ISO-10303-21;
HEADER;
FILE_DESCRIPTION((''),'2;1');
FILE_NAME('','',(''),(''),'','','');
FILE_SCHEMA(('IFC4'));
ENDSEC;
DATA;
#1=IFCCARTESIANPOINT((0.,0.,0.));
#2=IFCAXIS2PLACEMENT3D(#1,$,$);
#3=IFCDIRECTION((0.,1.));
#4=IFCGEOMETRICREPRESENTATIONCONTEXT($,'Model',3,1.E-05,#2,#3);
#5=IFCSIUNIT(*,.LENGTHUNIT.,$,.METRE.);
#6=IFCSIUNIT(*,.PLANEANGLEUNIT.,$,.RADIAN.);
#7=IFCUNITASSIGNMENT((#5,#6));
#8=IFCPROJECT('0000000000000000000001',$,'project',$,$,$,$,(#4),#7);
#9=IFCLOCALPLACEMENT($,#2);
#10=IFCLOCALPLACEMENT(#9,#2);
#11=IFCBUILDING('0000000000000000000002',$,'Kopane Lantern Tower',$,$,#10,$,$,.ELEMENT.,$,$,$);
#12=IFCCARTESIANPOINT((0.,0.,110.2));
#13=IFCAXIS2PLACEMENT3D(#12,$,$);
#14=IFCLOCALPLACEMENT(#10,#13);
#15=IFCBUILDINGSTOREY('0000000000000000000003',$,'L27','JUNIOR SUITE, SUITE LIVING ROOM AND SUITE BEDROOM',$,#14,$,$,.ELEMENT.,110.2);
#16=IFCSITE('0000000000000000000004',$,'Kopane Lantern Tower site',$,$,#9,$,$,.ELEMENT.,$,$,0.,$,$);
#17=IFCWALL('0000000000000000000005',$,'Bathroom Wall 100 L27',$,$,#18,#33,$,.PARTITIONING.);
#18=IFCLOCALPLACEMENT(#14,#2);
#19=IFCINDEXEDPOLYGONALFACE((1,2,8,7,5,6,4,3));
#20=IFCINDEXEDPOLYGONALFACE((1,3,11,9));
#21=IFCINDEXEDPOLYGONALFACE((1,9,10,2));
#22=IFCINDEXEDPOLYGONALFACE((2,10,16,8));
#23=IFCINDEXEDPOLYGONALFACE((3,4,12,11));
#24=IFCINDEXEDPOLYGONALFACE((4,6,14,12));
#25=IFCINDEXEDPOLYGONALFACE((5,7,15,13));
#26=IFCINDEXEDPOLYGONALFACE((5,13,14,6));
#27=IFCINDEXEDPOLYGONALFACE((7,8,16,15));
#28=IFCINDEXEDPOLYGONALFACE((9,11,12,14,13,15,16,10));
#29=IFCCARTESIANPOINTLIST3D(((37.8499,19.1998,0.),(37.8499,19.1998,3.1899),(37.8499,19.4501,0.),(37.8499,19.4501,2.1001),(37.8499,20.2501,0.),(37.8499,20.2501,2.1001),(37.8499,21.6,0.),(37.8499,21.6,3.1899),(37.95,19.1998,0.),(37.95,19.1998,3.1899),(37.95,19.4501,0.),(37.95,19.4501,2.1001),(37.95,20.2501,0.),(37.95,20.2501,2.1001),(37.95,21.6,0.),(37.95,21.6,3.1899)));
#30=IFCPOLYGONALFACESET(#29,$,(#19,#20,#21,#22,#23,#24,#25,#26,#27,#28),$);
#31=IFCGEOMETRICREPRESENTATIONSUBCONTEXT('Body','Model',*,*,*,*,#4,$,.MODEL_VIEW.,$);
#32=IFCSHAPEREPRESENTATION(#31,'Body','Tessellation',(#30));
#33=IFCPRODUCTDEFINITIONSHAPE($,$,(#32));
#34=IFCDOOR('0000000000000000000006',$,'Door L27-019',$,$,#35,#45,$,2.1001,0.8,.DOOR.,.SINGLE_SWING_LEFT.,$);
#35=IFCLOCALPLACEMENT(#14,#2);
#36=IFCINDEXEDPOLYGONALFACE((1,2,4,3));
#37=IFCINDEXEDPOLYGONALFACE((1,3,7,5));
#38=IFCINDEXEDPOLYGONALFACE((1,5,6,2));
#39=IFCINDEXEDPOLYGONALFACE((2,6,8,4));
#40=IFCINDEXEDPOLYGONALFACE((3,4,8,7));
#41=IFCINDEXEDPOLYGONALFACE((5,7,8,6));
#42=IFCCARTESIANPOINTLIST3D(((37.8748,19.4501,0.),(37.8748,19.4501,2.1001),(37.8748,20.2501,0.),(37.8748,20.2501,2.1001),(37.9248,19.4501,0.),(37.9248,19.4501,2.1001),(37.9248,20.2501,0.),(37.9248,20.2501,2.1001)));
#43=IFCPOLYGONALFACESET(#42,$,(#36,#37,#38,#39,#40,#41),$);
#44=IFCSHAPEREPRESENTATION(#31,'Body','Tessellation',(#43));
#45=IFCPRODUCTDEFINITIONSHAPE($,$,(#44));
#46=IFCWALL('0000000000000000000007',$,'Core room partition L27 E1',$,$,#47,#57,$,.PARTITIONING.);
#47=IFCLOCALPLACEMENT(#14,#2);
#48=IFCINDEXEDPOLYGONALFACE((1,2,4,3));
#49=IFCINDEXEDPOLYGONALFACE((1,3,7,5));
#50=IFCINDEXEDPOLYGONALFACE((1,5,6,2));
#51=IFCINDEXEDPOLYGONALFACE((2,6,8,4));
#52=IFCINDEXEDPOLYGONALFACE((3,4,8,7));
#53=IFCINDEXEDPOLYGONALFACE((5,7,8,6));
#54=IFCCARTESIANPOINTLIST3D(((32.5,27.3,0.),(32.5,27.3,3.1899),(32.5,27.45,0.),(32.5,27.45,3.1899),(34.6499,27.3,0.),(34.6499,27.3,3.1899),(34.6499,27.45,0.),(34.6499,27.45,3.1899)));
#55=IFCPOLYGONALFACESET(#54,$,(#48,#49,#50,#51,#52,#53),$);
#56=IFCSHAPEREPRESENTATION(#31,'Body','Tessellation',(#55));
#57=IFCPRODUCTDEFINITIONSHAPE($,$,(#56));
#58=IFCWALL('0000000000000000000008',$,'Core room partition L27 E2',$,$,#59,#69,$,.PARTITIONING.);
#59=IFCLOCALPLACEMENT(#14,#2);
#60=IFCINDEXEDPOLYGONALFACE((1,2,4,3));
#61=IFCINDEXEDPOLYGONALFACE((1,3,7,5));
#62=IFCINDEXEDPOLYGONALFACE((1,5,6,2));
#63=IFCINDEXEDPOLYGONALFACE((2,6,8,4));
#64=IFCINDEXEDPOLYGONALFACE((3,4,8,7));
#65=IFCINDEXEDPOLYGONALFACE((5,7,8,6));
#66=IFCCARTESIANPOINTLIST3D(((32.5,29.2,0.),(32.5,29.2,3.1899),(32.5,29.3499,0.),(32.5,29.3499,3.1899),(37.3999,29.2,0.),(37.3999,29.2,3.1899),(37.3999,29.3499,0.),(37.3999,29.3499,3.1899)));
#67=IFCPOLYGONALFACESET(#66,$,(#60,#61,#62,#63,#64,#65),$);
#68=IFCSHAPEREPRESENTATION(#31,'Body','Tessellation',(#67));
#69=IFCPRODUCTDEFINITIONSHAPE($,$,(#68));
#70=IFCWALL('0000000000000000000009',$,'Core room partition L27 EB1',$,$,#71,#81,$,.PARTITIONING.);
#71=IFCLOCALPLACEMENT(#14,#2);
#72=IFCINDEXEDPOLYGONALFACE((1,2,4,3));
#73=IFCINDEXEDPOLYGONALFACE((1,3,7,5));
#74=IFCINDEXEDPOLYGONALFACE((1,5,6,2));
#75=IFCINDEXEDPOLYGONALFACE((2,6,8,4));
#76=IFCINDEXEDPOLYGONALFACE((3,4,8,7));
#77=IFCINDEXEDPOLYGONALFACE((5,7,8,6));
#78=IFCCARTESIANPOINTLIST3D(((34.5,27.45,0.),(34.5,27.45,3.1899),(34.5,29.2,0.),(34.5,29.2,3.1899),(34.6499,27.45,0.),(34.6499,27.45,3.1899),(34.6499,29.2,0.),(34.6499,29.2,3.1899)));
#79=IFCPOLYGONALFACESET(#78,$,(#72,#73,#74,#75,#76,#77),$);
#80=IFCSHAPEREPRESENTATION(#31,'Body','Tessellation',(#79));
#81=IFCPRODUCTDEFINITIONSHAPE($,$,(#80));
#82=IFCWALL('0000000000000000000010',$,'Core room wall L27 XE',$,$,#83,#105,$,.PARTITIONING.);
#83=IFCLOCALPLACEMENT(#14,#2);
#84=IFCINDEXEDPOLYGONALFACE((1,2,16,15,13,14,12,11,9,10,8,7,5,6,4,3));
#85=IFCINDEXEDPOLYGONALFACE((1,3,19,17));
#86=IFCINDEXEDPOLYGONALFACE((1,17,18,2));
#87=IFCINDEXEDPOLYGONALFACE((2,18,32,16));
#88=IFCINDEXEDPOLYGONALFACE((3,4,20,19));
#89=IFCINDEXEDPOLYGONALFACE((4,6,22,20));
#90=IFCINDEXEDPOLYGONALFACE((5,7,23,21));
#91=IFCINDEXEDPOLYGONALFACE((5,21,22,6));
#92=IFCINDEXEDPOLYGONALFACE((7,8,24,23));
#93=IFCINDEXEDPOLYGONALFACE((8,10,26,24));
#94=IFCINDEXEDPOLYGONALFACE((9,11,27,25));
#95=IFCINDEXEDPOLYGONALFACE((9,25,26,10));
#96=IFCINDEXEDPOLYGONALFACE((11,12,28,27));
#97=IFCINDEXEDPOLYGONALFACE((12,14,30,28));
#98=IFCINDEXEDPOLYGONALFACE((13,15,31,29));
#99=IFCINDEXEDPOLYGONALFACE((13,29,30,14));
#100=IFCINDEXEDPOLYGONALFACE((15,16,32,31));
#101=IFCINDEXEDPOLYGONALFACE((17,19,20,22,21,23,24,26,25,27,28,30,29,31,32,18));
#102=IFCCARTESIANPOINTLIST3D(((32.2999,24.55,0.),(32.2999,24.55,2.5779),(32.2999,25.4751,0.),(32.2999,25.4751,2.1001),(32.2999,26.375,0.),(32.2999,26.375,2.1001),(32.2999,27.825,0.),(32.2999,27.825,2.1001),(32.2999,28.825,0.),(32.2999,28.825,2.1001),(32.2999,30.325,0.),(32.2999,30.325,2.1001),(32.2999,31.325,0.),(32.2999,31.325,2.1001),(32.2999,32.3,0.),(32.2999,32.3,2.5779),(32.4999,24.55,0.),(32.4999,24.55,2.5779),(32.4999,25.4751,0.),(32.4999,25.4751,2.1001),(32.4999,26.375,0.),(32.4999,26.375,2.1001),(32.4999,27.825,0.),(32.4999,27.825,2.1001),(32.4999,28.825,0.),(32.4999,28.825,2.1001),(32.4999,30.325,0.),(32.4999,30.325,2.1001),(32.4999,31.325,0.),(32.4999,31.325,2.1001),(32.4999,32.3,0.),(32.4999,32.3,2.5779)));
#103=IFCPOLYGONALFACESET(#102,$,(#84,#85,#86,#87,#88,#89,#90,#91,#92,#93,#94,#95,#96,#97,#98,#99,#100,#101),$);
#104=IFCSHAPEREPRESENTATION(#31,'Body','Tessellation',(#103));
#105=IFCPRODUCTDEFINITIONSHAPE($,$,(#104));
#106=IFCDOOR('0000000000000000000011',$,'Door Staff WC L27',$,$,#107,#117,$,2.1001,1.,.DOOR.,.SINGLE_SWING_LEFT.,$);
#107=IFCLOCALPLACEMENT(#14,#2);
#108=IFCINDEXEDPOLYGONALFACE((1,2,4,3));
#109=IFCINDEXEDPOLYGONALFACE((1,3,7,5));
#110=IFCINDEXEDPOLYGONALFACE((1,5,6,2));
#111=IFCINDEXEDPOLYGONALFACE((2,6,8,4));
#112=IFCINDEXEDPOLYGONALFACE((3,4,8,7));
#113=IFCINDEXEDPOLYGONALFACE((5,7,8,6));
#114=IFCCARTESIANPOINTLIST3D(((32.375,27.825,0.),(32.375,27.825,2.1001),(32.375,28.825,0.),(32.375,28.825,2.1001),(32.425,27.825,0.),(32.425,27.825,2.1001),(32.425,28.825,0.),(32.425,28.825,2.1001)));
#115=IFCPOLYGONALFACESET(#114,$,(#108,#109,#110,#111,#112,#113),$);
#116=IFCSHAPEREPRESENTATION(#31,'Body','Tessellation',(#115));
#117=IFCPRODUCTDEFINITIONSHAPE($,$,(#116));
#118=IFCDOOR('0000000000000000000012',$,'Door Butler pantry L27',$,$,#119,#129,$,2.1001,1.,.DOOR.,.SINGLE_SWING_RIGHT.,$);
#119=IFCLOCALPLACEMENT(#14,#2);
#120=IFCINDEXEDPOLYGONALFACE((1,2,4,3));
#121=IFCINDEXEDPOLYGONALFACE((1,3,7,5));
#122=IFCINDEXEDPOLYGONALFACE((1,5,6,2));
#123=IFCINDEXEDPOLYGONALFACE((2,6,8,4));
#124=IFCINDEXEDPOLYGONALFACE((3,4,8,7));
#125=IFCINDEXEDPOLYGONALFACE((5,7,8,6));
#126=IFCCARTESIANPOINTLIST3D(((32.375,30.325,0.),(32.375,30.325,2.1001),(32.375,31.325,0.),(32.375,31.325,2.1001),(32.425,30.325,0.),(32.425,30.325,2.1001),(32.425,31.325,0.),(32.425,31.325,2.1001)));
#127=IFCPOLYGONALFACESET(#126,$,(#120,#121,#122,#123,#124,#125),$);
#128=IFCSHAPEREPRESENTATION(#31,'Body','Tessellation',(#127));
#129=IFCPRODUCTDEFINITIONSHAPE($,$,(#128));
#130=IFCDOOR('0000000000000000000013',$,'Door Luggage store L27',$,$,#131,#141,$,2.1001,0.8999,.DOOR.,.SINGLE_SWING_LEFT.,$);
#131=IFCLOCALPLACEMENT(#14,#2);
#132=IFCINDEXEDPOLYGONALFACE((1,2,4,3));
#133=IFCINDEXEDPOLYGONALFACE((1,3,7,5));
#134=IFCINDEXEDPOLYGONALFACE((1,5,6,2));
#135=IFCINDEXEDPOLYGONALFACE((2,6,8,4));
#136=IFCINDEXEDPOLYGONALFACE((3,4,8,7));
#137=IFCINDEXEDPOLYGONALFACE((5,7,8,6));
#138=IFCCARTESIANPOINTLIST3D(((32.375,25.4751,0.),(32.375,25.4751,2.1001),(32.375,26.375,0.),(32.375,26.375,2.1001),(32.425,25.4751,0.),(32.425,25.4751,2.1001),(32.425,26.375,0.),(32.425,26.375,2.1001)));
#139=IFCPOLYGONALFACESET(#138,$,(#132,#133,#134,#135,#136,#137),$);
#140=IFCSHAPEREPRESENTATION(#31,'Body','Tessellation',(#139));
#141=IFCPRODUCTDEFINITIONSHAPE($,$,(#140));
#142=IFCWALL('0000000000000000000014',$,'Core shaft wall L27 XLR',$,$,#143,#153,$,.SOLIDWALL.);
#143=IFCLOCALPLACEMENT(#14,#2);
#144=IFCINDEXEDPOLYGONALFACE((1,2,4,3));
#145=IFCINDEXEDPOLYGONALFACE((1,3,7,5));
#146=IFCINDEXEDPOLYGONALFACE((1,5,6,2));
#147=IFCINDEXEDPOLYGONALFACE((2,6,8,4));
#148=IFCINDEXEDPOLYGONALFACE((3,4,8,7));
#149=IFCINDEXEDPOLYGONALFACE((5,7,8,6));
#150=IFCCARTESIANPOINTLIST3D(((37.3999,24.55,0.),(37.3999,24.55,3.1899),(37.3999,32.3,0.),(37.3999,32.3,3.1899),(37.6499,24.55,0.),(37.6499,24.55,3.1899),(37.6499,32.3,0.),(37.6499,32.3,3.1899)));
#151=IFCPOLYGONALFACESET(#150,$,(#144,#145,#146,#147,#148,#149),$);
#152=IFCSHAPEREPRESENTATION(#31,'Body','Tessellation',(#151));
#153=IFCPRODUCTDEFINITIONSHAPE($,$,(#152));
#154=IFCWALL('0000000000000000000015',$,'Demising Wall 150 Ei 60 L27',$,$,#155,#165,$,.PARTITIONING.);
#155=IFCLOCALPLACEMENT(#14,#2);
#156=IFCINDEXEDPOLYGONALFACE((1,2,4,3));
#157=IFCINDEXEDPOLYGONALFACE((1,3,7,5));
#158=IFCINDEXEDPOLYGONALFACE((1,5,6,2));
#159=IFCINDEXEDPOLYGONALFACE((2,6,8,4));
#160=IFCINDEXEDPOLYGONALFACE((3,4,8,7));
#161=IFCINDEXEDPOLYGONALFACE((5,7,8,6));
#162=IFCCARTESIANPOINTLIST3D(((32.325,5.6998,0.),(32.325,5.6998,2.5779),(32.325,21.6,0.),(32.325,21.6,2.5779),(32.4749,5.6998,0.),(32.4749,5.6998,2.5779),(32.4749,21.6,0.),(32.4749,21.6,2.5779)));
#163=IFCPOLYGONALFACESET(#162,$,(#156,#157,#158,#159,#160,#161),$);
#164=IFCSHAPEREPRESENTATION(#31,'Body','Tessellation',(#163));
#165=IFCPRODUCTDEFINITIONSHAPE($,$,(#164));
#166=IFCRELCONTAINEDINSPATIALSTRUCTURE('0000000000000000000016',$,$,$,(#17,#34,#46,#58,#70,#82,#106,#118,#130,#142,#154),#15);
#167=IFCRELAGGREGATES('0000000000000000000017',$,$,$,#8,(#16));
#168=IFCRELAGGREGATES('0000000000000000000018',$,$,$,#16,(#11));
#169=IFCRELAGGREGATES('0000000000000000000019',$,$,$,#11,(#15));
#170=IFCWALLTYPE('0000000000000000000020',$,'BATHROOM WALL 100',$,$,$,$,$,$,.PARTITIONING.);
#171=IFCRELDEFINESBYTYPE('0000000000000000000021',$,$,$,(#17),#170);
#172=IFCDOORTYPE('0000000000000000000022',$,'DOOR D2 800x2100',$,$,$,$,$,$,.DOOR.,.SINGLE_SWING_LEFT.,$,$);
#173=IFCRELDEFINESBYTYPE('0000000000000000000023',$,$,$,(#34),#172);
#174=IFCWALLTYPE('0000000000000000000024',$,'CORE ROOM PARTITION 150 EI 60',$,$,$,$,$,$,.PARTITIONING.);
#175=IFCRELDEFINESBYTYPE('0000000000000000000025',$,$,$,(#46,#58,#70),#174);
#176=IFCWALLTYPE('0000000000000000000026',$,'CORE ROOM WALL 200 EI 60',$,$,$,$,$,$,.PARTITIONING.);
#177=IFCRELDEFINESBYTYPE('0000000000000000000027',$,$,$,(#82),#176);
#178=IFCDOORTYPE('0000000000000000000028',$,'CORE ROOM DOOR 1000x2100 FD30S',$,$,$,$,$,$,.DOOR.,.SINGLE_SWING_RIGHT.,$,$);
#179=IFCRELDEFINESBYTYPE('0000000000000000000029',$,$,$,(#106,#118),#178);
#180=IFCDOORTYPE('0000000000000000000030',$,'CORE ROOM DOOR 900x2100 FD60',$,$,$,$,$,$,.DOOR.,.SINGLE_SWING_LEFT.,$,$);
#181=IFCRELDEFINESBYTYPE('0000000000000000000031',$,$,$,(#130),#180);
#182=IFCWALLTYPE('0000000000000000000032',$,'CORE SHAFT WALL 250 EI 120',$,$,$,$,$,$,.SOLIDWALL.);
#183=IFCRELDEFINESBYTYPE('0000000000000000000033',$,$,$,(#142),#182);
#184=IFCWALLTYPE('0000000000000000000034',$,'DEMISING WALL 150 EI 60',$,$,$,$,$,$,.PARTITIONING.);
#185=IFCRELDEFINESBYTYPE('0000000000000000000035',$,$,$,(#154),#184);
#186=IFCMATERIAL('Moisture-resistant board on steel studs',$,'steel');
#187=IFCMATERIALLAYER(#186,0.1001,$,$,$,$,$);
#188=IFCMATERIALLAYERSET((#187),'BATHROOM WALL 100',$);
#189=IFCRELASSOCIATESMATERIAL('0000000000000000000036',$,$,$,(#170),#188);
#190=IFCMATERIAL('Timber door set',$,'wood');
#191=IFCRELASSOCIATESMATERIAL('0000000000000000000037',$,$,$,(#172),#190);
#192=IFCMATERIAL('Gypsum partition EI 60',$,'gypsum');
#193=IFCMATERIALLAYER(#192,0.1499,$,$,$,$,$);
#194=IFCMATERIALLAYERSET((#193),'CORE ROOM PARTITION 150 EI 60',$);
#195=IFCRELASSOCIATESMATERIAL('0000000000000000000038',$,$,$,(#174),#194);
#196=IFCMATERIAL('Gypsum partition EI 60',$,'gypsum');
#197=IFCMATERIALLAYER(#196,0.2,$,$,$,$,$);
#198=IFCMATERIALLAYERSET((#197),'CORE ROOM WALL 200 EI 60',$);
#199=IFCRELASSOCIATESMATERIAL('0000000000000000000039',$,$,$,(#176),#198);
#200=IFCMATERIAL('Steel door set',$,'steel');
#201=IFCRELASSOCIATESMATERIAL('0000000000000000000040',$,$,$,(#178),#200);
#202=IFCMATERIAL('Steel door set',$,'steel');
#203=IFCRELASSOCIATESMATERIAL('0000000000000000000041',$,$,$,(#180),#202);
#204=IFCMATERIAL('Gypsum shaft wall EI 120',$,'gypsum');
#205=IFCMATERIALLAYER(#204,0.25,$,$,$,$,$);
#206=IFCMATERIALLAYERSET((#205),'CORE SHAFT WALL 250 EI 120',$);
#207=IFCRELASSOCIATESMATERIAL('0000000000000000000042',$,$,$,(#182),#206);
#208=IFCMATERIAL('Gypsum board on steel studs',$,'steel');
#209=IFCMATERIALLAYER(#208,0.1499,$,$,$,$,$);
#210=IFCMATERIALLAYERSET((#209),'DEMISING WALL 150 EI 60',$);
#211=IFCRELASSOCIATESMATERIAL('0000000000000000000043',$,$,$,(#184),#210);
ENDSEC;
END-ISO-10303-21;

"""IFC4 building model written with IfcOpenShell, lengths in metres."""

from ifc_helpers import new_model, si_unit, direction, frame, frame_2d, origin, place, context, subcontext, project, spatial, rectangle, extrude, material, layer, layer_set, type_object, element, fill, save


model = new_model("IFC4")

# Units and contexts
model_context = context("Model", 3, precision=1e-05, world=origin(), true_north=direction((0.0, 1.0)))
body_context = subcontext(model_context, "Body", "Model", "MODEL_VIEW")
ifc_project = project(units=[si_unit("LENGTHUNIT", "METRE"), si_unit("PLANEANGLEUNIT", "RADIAN")], contexts=[model_context])

# Site, building, storey
site_placement = place(None, origin())
site = spatial("IfcSite", under=ifc_project, at=site_placement, Name="Kopane Lantern Tower site", CompositionType="ELEMENT", RefElevation=0.0)
building_placement = place(site_placement, origin())
building = spatial("IfcBuilding", under=site, at=building_placement, Name="Kopane Lantern Tower", CompositionType="ELEMENT")
storey_placement = place(building_placement, frame((0.0, 0.0, 110.2)))
storey = spatial("IfcBuildingStorey", under=building, at=storey_placement, Name="L27", Description="JUNIOR SUITE, SUITE LIVING ROOM AND SUITE BEDROOM", CompositionType="ELEMENT", Elevation=110.2)

# Wall, opening, door
ifc_material_1 = material(Name="Moisture-resistant board on steel studs", Category="steel")
ifc_layer_1 = layer(ifc_material_1, 0.1001)
ifc_layer_set_1 = layer_set([ifc_layer_1], Name="BATHROOM WALL 100")
wall_type_1 = type_object("IfcWallType", Name="BATHROOM WALL 100", PredefinedType="PARTITIONING", material=ifc_layer_set_1)
ifc_material_2 = material(Name="Timber door set", Category="wood")
door_type_1 = type_object("IfcDoorType", Name="DOOR D2 800x2100", OperationType="SINGLE_SWING_LEFT", PredefinedType="DOOR", material=ifc_material_2)
wall_1_placement = place(storey_placement, frame((37.8999, 21.6001, 0.0), z_axis=(0.0, 0.0, 1.0), x_axis=(0.0, -1.0, 0.0)))
wall_1 = element("IfcWall", 1, at=wall_1_placement, inside=storey, type_object=wall_type_1, Name="Bathroom Wall 100 L27", PredefinedType="PARTITIONING", context=body_context, shape_type="SweptSolid", body=[
    extrude(rectangle(XDim=2.4001, YDim=0.1001, at=frame_2d((1.2002, 0.0))), origin(), (0.0, 0.0, 1.0), 3.1899),
])
opening_1_placement = place(wall_1_placement, frame((1.3501, 0.0, 0.0)))
opening_1 = element("IfcOpeningElement", 2, at=opening_1_placement, cuts=wall_1, PredefinedType="OPENING", context=body_context, shape_type="SweptSolid", body=[
    extrude(rectangle(XDim=0.8, YDim=2.1001, at=frame_2d((0.3999, 1.05))), frame((0.0, 0.0601, 0.0), z_axis=(0.0, -1.0, 0.0), x_axis=(1.0, 0.0, 0.0)), (0.0, 0.0, 1.0), 0.1201),
])
door_1_placement = place(opening_1_placement, origin())
door_1 = element("IfcDoor", 3, at=door_1_placement, inside=storey, type_object=door_type_1, Name="Door L27-019", OperationType="SINGLE_SWING_LEFT", OverallHeight=2.1001, OverallWidth=0.8, PredefinedType="DOOR", context=body_context, shape_type="SweptSolid", body=[
    extrude(rectangle(XDim=0.8, YDim=2.1001, at=frame_2d((0.3999, 1.05))), frame((0.0, 0.0249, 0.0), z_axis=(0.0, -1.0, 0.0), x_axis=(1.0, 0.0, 0.0)), (0.0, 0.0, 1.0), 0.05),
])
fill(opening_1, door_1)

# Walls
ifc_material_3 = material(Name="Gypsum partition EI 60", Category="gypsum")
ifc_layer_2 = layer(ifc_material_3, 0.1499)
ifc_layer_set_2 = layer_set([ifc_layer_2], Name="CORE ROOM PARTITION 150 EI 60")
wall_type_2 = type_object("IfcWallType", Name="CORE ROOM PARTITION 150 EI 60", PredefinedType="PARTITIONING", material=ifc_layer_set_2)
wall_2_placement = place(storey_placement, frame((32.5, 27.375, 0.0), z_axis=(0.0, 0.0, 1.0), x_axis=(1.0, 0.0, 0.0)))
element("IfcWall", 4, at=wall_2_placement, inside=storey, type_object=wall_type_2, Name="Core room partition L27 E1", PredefinedType="PARTITIONING", context=body_context, shape_type="SweptSolid", body=[
    extrude(rectangle(XDim=2.1499, YDim=0.1499, at=frame_2d((1.075, 0.0))), origin(), (0.0, 0.0, 1.0), 3.1899),
])
wall_3_placement = place(storey_placement, frame((32.5, 29.2749, 0.0), z_axis=(0.0, 0.0, 1.0), x_axis=(1.0, 0.0, 0.0)))
element("IfcWall", 5, at=wall_3_placement, inside=storey, type_object=wall_type_2, Name="Core room partition L27 E2", PredefinedType="PARTITIONING", context=body_context, shape_type="SweptSolid", body=[
    extrude(rectangle(XDim=4.8999, YDim=0.1499, at=frame_2d((2.45, 0.0))), origin(), (0.0, 0.0, 1.0), 3.1899),
])
wall_4_placement = place(storey_placement, frame((34.575, 27.45, 0.0), z_axis=(0.0, 0.0, 1.0), x_axis=(0.0, 1.0, 0.0)))
element("IfcWall", 6, at=wall_4_placement, inside=storey, type_object=wall_type_2, Name="Core room partition L27 EB1", PredefinedType="PARTITIONING", context=body_context, shape_type="SweptSolid", body=[
    extrude(rectangle(XDim=1.75, YDim=0.1499, at=frame_2d((0.875, 0.0))), origin(), (0.0, 0.0, 1.0), 3.1899),
])

# Wall, openings, doors
ifc_material_4 = material(Name="Gypsum partition EI 60", Category="gypsum")
ifc_layer_3 = layer(ifc_material_4, 0.2)
ifc_layer_set_3 = layer_set([ifc_layer_3], Name="CORE ROOM WALL 200 EI 60")
wall_type_3 = type_object("IfcWallType", Name="CORE ROOM WALL 200 EI 60", PredefinedType="PARTITIONING", material=ifc_layer_set_3)
wall_5_placement = place(storey_placement, frame((32.3999, 24.55, 0.0), z_axis=(0.0, 0.0, 1.0), x_axis=(0.0, 1.0, 0.0)))
wall_5 = element("IfcWall", 7, at=wall_5_placement, inside=storey, type_object=wall_type_3, Name="Core room wall L27 XE", PredefinedType="PARTITIONING", context=body_context, shape_type="SweptSolid", body=[
    extrude(rectangle(XDim=7.75, YDim=0.2, at=frame_2d((3.875, 0.0))), origin(), (0.0, 0.0, 1.0), 2.5779),
])
opening_2_placement = place(wall_5_placement, frame((0.925, 0.0, 0.0)))
opening_2 = element("IfcOpeningElement", 8, at=opening_2_placement, cuts=wall_5, PredefinedType="OPENING", context=body_context, shape_type="SweptSolid", body=[
    extrude(rectangle(XDim=0.8999, YDim=2.1001, at=frame_2d((0.45, 1.05))), frame((0.0, 0.1099, 0.0), z_axis=(0.0, -1.0, 0.0), x_axis=(1.0, 0.0, 0.0)), (0.0, 0.0, 1.0), 0.22),
])
opening_3_placement = place(wall_5_placement, frame((3.2749, 0.0, 0.0)))
opening_3 = element("IfcOpeningElement", 9, at=opening_3_placement, cuts=wall_5, PredefinedType="OPENING", context=body_context, shape_type="SweptSolid", body=[
    extrude(rectangle(XDim=1.0, YDim=2.1001, at=frame_2d((0.5, 1.05))), frame((0.0, 0.1099, 0.0), z_axis=(0.0, -1.0, 0.0), x_axis=(1.0, 0.0, 0.0)), (0.0, 0.0, 1.0), 0.22),
])
opening_4_placement = place(wall_5_placement, frame((5.7749, 0.0, 0.0)))
opening_4 = element("IfcOpeningElement", 10, at=opening_4_placement, cuts=wall_5, PredefinedType="OPENING", context=body_context, shape_type="SweptSolid", body=[
    extrude(rectangle(XDim=1.0, YDim=2.1001, at=frame_2d((0.5, 1.05))), frame((0.0, 0.1099, 0.0), z_axis=(0.0, -1.0, 0.0), x_axis=(1.0, 0.0, 0.0)), (0.0, 0.0, 1.0), 0.22),
])
ifc_material_5 = material(Name="Steel door set", Category="steel")
door_type_2 = type_object("IfcDoorType", Name="CORE ROOM DOOR 1000x2100 FD30S", OperationType="SINGLE_SWING_RIGHT", PredefinedType="DOOR", material=ifc_material_5)
door_2_placement = place(opening_3_placement, origin())
door_2 = element("IfcDoor", 11, at=door_2_placement, inside=storey, type_object=door_type_2, Name="Door Staff WC L27", OperationType="SINGLE_SWING_LEFT", OverallHeight=2.1001, OverallWidth=1.0, PredefinedType="DOOR", context=body_context, shape_type="SweptSolid", body=[
    extrude(rectangle(XDim=1.0, YDim=2.1001, at=frame_2d((0.5, 1.05))), frame((0.0, 0.0249, 0.0), z_axis=(0.0, -1.0, 0.0), x_axis=(1.0, 0.0, 0.0)), (0.0, 0.0, 1.0), 0.05),
])
fill(opening_3, door_2)
door_3_placement = place(opening_4_placement, origin())
door_3 = element("IfcDoor", 12, at=door_3_placement, inside=storey, type_object=door_type_2, Name="Door Butler pantry L27", OperationType="SINGLE_SWING_RIGHT", OverallHeight=2.1001, OverallWidth=1.0, PredefinedType="DOOR", context=body_context, shape_type="SweptSolid", body=[
    extrude(rectangle(XDim=1.0, YDim=2.1001, at=frame_2d((0.5, 1.05))), frame((0.0, 0.0249, 0.0), z_axis=(0.0, -1.0, 0.0), x_axis=(1.0, 0.0, 0.0)), (0.0, 0.0, 1.0), 0.05),
])
fill(opening_4, door_3)
ifc_material_6 = material(Name="Steel door set", Category="steel")
door_type_3 = type_object("IfcDoorType", Name="CORE ROOM DOOR 900x2100 FD60", OperationType="SINGLE_SWING_LEFT", PredefinedType="DOOR", material=ifc_material_6)
door_4_placement = place(opening_2_placement, origin())
door_4 = element("IfcDoor", 13, at=door_4_placement, inside=storey, type_object=door_type_3, Name="Door Luggage store L27", OperationType="SINGLE_SWING_LEFT", OverallHeight=2.1001, OverallWidth=0.8999, PredefinedType="DOOR", context=body_context, shape_type="SweptSolid", body=[
    extrude(rectangle(XDim=0.8999, YDim=2.1001, at=frame_2d((0.45, 1.05))), frame((0.0, 0.0249, 0.0), z_axis=(0.0, -1.0, 0.0), x_axis=(1.0, 0.0, 0.0)), (0.0, 0.0, 1.0), 0.05),
])
fill(opening_2, door_4)

# Walls
ifc_material_7 = material(Name="Gypsum shaft wall EI 120", Category="gypsum")
ifc_layer_4 = layer(ifc_material_7, 0.25)
ifc_layer_set_4 = layer_set([ifc_layer_4], Name="CORE SHAFT WALL 250 EI 120")
wall_type_4 = type_object("IfcWallType", Name="CORE SHAFT WALL 250 EI 120", PredefinedType="SOLIDWALL", material=ifc_layer_set_4)
wall_6_placement = place(storey_placement, frame((37.5249, 24.55, 0.0), z_axis=(0.0, 0.0, 1.0), x_axis=(0.0, 1.0, 0.0)))
element("IfcWall", 14, at=wall_6_placement, inside=storey, type_object=wall_type_4, Name="Core shaft wall L27 XLR", PredefinedType="SOLIDWALL", context=body_context, shape_type="SweptSolid", body=[
    extrude(rectangle(XDim=7.75, YDim=0.25, at=frame_2d((3.875, 0.0))), origin(), (0.0, 0.0, 1.0), 3.1899),
])
ifc_material_8 = material(Name="Gypsum board on steel studs", Category="steel")
ifc_layer_5 = layer(ifc_material_8, 0.1499)
ifc_layer_set_5 = layer_set([ifc_layer_5], Name="DEMISING WALL 150 EI 60")
wall_type_5 = type_object("IfcWallType", Name="DEMISING WALL 150 EI 60", PredefinedType="PARTITIONING", material=ifc_layer_set_5)
wall_7_placement = place(storey_placement, frame((32.3999, 21.6001, 0.0), z_axis=(0.0, 0.0, 1.0), x_axis=(0.0, -1.0, 0.0)))
element("IfcWall", 15, at=wall_7_placement, inside=storey, type_object=wall_type_5, Name="Demising Wall 150 Ei 60 L27", PredefinedType="PARTITIONING", context=body_context, shape_type="SweptSolid", body=[
    extrude(rectangle(XDim=15.9001, YDim=0.1499, at=frame_2d((7.9502, 0.0))), origin(), (0.0, 0.0, 1.0), 2.5779),
])

save(model, "model.ifc")
